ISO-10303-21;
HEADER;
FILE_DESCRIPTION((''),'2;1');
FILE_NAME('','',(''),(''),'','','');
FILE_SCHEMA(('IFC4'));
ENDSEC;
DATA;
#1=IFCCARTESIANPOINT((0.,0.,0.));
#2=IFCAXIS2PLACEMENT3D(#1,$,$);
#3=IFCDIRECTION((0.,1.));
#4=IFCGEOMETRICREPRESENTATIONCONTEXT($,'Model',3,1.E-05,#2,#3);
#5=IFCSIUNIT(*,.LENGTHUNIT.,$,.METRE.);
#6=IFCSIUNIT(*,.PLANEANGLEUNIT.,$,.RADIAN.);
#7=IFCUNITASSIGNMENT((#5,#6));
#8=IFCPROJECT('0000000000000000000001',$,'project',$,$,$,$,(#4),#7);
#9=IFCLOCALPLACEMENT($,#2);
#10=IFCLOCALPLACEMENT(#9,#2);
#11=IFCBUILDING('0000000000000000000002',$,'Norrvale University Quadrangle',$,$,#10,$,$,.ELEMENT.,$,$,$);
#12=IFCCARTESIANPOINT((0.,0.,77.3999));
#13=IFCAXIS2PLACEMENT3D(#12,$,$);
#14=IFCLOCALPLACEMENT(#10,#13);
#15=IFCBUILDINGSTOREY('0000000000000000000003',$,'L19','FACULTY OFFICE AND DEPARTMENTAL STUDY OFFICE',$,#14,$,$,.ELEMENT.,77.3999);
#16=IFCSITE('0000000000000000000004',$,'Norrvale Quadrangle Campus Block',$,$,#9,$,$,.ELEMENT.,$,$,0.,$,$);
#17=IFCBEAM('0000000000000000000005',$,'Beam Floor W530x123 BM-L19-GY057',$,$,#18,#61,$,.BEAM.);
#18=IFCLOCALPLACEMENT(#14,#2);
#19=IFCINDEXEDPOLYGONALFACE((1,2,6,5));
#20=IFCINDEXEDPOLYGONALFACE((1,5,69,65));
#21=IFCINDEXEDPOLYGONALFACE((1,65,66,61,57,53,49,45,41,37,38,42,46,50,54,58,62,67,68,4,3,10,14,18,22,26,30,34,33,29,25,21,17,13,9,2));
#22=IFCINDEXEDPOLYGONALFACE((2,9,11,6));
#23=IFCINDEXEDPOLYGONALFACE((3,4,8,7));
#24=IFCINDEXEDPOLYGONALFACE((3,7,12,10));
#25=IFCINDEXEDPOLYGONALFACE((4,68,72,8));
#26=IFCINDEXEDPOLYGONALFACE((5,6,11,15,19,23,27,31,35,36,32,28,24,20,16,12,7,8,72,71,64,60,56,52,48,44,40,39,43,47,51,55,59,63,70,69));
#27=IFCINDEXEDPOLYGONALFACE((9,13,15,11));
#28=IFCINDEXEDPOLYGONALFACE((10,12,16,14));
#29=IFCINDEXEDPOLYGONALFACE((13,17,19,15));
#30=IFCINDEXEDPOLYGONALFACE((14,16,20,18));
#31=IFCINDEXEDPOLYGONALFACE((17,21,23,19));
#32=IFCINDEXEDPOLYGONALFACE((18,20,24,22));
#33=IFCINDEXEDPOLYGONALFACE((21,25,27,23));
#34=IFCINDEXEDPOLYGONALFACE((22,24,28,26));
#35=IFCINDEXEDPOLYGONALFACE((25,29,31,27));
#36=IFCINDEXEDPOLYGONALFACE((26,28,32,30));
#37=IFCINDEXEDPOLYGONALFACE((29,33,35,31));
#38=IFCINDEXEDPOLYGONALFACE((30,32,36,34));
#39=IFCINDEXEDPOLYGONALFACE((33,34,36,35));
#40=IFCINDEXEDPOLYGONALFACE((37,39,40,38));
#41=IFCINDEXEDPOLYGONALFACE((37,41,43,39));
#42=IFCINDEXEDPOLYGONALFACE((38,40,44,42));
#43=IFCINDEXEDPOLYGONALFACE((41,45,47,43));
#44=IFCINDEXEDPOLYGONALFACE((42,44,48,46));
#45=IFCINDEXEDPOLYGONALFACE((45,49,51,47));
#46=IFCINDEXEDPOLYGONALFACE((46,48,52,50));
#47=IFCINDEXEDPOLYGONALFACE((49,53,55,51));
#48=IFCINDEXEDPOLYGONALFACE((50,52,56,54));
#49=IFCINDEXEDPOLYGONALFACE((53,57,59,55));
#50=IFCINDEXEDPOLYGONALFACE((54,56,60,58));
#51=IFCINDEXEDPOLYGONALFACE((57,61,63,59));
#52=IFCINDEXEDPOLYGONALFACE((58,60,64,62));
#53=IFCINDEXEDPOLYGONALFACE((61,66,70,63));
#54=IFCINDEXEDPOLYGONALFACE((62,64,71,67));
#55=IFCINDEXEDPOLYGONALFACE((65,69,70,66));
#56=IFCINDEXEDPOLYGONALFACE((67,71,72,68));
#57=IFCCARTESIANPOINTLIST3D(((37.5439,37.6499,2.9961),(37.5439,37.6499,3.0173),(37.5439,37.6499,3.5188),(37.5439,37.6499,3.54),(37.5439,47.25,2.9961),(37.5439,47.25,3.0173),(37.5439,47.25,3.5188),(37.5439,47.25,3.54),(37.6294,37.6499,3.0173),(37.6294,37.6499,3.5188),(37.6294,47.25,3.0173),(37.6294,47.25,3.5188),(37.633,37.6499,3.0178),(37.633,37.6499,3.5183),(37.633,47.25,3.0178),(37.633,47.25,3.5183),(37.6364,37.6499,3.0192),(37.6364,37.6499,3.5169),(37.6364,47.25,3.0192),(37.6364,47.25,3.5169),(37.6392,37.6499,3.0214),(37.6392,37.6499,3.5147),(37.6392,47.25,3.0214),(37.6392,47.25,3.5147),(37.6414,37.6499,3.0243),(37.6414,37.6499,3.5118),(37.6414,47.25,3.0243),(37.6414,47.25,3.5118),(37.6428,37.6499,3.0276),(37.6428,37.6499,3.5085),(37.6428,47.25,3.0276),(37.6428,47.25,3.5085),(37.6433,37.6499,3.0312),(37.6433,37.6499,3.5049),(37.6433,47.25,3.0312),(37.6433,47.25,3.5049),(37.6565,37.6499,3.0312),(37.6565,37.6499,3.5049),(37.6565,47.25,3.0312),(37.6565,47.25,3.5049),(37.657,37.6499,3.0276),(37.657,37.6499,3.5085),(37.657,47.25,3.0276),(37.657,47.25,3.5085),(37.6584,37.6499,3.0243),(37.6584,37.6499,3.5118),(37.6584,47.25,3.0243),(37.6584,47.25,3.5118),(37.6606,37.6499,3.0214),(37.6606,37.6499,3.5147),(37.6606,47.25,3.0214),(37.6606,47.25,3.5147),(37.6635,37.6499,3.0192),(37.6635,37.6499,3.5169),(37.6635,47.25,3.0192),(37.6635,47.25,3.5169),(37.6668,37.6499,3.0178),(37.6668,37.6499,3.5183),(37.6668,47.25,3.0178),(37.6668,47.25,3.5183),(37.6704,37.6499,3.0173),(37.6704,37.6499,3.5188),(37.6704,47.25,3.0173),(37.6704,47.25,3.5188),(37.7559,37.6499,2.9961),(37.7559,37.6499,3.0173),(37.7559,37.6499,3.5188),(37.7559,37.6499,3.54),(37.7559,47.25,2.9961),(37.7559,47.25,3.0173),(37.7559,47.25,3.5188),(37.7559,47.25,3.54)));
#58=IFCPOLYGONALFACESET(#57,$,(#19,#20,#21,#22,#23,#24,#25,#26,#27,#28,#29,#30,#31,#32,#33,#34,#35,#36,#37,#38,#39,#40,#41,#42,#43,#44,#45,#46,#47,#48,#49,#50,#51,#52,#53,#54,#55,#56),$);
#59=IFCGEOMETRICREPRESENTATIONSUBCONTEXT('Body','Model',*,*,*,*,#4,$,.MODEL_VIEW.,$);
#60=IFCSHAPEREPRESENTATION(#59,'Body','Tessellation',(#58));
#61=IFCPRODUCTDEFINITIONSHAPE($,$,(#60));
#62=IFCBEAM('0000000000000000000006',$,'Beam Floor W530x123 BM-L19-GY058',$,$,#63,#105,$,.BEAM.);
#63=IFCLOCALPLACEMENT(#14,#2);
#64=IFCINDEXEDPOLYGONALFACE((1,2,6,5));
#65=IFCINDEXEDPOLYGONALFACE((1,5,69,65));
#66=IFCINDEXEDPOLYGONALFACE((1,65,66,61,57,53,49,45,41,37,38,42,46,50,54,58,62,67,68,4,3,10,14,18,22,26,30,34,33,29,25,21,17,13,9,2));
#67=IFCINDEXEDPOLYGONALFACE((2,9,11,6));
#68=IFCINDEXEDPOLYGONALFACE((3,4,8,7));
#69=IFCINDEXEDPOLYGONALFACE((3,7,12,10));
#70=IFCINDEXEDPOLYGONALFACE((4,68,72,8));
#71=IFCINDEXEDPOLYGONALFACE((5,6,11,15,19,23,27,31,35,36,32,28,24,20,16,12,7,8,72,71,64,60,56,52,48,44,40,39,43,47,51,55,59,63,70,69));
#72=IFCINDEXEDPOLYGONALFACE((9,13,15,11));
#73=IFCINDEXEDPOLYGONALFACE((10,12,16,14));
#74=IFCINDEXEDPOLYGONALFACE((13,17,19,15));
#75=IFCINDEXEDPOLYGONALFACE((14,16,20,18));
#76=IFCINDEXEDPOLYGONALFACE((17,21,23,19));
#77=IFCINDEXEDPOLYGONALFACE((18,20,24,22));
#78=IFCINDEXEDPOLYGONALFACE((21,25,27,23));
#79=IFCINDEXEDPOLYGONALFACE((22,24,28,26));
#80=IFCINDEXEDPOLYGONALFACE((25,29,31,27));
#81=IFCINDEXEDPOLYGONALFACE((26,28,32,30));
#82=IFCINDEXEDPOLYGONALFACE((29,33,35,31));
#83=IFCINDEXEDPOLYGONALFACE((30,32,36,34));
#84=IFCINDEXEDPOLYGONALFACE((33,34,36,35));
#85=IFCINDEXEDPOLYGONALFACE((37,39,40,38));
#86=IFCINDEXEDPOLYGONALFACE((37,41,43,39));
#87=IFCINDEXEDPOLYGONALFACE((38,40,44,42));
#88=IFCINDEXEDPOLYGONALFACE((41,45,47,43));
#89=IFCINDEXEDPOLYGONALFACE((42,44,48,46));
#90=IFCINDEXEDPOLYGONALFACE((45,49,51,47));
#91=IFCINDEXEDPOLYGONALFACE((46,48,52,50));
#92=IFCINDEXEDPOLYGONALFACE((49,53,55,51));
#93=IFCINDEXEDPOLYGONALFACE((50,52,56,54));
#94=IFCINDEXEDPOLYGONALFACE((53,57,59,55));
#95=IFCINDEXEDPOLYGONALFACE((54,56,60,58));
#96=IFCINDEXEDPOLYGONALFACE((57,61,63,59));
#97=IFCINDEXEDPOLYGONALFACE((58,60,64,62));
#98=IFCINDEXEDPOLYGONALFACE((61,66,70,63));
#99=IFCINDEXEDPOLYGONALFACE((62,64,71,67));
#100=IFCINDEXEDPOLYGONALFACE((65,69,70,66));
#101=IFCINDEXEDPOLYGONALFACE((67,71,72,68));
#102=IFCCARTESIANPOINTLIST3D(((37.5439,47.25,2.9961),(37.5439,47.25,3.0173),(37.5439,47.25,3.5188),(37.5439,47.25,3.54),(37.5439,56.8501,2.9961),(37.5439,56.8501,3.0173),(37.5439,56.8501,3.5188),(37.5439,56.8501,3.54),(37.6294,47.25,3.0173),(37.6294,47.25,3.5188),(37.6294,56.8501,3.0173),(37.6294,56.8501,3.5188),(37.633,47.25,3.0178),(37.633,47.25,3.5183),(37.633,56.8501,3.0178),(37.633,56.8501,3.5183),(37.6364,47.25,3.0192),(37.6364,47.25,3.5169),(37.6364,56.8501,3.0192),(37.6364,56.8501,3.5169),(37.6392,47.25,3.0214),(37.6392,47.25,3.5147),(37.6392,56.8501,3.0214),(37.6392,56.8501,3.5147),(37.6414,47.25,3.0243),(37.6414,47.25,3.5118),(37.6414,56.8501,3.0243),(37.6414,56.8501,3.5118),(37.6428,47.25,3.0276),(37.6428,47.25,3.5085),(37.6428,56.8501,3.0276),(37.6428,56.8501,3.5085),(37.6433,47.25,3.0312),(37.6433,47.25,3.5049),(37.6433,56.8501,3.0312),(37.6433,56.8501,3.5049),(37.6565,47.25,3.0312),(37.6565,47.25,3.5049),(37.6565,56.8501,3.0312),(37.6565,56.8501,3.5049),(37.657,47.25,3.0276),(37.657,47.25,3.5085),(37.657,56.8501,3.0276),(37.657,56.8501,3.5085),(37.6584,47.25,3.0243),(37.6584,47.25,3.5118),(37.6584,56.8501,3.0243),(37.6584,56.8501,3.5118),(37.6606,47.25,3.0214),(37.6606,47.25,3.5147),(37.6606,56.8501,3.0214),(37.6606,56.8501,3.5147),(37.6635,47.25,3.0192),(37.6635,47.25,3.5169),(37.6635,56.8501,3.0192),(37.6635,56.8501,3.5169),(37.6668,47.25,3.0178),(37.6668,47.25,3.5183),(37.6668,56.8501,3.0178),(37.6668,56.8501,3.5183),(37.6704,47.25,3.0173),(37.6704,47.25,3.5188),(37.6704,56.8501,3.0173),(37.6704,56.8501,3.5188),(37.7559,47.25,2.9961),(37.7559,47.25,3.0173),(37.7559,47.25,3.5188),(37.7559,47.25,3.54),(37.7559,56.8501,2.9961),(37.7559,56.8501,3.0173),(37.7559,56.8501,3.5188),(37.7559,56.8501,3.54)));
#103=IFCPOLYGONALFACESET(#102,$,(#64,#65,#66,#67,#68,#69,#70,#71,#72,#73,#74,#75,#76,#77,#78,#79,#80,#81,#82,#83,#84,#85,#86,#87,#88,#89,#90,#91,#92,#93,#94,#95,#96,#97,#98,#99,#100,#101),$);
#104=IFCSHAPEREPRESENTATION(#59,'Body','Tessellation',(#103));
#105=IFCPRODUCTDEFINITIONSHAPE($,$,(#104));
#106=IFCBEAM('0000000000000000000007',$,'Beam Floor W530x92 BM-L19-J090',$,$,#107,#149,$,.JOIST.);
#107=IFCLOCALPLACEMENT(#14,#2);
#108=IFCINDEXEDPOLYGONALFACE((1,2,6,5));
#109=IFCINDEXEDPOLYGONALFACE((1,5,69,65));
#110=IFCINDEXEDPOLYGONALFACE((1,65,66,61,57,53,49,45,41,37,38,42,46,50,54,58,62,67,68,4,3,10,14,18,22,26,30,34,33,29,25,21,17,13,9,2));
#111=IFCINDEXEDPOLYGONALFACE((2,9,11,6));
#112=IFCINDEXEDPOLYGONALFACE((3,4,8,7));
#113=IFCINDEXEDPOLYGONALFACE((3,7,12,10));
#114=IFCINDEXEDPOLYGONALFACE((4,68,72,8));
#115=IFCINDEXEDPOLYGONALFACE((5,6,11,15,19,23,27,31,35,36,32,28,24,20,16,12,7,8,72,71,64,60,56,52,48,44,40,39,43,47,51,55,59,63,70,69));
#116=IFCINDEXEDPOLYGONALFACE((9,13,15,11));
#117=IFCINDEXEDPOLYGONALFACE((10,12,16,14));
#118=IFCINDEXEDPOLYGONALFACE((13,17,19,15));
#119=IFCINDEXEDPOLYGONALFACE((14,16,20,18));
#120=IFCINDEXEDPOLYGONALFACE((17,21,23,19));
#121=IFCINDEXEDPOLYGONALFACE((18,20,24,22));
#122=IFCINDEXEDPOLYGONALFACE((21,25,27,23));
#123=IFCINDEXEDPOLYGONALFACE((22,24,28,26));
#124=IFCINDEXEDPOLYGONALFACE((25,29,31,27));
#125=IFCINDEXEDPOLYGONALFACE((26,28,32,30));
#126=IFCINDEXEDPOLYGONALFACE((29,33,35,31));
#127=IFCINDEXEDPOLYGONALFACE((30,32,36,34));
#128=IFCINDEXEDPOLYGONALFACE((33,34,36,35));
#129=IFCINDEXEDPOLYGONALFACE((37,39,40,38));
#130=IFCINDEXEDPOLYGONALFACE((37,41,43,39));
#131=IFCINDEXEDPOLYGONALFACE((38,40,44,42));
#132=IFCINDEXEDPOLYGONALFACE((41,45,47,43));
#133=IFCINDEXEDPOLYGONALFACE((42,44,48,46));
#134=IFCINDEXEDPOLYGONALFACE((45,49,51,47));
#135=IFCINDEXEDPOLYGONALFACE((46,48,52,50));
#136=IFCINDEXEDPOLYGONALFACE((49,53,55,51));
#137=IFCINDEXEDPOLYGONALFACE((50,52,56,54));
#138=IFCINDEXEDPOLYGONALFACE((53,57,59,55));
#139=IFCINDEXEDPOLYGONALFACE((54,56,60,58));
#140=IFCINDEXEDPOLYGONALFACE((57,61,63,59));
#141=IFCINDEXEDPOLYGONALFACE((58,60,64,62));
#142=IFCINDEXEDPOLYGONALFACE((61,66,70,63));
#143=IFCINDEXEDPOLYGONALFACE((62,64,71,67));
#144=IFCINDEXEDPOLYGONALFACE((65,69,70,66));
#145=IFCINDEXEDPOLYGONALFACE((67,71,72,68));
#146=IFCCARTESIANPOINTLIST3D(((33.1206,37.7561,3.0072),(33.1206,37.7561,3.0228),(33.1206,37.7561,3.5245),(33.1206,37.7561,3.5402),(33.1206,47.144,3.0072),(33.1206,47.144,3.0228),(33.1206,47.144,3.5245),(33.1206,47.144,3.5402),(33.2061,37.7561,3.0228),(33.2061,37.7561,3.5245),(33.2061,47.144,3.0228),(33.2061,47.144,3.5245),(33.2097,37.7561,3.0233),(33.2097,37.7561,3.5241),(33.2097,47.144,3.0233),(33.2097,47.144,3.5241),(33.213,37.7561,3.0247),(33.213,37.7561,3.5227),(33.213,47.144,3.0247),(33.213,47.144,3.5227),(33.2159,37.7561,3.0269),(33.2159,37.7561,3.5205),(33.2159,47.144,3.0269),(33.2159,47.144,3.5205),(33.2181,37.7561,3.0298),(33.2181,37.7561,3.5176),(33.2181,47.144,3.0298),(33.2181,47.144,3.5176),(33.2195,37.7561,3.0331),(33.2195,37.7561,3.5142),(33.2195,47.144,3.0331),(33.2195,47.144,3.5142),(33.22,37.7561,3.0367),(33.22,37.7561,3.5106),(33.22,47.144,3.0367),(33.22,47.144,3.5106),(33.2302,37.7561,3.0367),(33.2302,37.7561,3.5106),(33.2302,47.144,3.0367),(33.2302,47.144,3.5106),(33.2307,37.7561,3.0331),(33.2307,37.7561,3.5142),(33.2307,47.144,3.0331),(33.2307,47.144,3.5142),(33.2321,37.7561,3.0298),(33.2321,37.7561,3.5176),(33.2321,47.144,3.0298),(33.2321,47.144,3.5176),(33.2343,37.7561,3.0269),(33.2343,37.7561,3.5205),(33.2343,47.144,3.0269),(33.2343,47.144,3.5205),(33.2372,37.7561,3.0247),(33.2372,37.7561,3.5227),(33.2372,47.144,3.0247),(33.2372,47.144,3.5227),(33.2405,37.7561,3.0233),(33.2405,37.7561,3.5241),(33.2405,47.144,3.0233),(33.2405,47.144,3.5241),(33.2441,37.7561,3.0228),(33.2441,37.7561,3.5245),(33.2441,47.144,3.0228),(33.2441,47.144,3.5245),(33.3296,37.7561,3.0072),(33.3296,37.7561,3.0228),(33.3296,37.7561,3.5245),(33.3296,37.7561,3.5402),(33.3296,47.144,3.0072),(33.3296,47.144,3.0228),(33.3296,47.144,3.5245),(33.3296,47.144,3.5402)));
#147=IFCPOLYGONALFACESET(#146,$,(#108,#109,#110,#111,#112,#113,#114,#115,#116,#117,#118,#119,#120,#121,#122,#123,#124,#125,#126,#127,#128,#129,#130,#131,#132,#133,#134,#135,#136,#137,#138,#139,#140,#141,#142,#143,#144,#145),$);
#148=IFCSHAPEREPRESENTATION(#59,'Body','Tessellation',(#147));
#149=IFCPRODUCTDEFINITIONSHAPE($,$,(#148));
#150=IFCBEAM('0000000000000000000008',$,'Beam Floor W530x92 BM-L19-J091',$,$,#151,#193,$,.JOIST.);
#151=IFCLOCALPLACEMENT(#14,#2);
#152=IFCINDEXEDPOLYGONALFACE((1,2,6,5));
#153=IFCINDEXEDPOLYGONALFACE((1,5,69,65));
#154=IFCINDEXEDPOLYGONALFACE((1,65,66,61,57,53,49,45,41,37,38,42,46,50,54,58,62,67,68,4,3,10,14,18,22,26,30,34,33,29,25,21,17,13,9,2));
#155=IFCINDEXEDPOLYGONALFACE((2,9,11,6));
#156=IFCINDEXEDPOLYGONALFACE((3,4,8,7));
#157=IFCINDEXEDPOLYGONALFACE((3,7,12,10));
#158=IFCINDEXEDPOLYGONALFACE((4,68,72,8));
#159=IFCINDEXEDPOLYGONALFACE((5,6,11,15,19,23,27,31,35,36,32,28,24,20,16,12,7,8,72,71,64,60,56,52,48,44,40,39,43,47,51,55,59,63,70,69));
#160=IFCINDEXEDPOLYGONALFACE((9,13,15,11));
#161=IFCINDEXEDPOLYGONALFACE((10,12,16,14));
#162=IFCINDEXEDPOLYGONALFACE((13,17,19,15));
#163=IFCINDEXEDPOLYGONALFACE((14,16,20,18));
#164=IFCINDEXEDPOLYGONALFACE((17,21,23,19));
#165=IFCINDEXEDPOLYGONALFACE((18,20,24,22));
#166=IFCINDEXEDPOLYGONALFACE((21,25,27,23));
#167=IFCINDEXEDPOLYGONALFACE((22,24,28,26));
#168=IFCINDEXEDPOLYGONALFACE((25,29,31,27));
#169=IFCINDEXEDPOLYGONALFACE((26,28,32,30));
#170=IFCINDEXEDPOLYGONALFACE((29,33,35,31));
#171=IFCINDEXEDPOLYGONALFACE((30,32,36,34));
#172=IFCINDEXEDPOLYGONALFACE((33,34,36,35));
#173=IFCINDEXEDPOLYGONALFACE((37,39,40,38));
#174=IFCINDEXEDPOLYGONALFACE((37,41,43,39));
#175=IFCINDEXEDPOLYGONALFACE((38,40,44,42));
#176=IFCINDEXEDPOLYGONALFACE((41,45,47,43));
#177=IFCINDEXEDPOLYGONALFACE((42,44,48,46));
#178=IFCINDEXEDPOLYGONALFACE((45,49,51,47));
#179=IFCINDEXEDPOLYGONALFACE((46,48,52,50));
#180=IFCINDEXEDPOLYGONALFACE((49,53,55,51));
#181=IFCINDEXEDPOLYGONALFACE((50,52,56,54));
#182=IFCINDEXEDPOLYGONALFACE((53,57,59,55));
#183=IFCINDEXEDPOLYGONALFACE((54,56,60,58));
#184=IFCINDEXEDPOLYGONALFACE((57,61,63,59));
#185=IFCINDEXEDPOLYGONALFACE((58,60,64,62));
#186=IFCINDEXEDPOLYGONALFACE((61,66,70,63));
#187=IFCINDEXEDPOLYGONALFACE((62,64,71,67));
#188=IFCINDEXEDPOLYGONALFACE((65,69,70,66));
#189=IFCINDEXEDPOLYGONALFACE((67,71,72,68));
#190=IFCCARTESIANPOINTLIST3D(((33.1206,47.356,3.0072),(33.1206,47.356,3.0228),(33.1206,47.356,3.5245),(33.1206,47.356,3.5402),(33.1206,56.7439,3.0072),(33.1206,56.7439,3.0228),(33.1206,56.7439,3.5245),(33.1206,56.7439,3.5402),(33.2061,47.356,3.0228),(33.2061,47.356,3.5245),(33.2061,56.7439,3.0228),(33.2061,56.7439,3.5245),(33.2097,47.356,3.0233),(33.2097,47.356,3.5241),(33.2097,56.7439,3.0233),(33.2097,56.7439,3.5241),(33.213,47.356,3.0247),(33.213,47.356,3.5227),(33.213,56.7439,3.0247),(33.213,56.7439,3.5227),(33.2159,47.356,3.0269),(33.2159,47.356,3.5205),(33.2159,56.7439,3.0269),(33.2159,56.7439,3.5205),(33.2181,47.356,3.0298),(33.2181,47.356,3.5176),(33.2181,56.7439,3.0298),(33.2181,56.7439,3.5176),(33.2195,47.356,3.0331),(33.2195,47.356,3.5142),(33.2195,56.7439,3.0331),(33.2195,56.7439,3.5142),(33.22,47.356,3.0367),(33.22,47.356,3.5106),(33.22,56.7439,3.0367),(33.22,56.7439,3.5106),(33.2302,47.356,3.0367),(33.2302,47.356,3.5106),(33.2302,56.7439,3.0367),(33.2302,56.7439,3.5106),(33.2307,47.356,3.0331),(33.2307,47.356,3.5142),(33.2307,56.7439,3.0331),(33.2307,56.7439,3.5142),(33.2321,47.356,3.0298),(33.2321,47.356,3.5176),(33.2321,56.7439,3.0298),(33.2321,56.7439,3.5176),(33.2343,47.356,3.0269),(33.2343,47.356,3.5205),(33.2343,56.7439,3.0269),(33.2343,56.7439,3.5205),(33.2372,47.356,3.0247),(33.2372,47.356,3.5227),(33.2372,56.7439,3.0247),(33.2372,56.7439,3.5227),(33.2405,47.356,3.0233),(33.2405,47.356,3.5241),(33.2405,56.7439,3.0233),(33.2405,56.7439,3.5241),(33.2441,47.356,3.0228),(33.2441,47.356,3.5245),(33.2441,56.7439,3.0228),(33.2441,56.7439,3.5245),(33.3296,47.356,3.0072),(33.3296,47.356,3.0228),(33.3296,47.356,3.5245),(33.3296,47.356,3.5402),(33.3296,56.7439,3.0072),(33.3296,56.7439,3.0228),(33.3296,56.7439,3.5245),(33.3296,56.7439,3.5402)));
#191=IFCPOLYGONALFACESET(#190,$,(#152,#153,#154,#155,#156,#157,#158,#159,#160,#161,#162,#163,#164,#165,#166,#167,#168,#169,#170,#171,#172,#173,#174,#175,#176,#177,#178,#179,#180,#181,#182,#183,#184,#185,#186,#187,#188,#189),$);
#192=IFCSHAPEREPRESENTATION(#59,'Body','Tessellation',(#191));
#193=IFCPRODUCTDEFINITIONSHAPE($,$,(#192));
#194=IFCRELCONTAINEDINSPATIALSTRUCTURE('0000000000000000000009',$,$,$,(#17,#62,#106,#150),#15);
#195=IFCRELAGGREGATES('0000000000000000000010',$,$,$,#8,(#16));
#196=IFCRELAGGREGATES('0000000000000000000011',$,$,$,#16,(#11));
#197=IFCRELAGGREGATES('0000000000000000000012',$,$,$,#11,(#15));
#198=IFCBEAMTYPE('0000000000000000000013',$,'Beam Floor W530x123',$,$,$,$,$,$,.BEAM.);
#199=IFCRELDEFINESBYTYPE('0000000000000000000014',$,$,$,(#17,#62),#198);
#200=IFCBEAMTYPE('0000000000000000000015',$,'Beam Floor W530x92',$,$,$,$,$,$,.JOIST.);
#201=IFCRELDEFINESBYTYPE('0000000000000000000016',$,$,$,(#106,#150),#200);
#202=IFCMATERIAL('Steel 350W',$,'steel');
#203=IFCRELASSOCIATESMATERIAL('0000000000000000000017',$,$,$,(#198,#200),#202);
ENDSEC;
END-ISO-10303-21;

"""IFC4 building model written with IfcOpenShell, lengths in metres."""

from ifc_helpers import new_model, si_unit, direction, frame, origin, origin_2d, place, context, subcontext, project, spatial, i_section, extrude, material, material_profile, profile_set, type_object, element, save


model = new_model("IFC4")

# Units and contexts
model_context = context("Model", 3, precision=1e-05, world=origin(), true_north=direction((0.0, 1.0)))
body_context = subcontext(model_context, "Body", "Model", "MODEL_VIEW")
ifc_project = project(units=[si_unit("LENGTHUNIT", "METRE"), si_unit("PLANEANGLEUNIT", "RADIAN")], contexts=[model_context])

# Site, building, storey
site_placement = place(None, origin())
site = spatial("IfcSite", under=ifc_project, at=site_placement, Name="Norrvale Quadrangle Campus Block", CompositionType="ELEMENT", RefElevation=0.0)
building_placement = place(site_placement, origin())
building = spatial("IfcBuilding", under=site, at=building_placement, Name="Norrvale University Quadrangle", CompositionType="ELEMENT")
storey_placement = place(building_placement, frame((0.0, 0.0, 77.3999)))
storey = spatial("IfcBuildingStorey", under=building, at=storey_placement, Name="L19", Description="FACULTY OFFICE AND DEPARTMENTAL STUDY OFFICE", CompositionType="ELEMENT", Elevation=77.3999)

# Beams
ifc_material_1 = material(Name="Steel 350W", Category="steel")
ifc_material_profile_1 = material_profile(ifc_material_1, i_section(OverallWidth=0.2119, OverallDepth=0.5439, WebThickness=0.0132, FlangeThickness=0.0212, FilletRadius=0.0139, at=origin_2d()), Name="Steel 350W")
ifc_profile_set_1 = profile_set([ifc_material_profile_1], Name="Steel 350W")
beam_type_1 = type_object("IfcBeamType", Name="Beam Floor W530x123", PredefinedType="BEAM", material=ifc_profile_set_1)
for number, where, z_axis, x_axis, name in (
    (1, (37.6499, 37.6499, 3.2681), (0.0, 1.0, 0.0), (-1.0, 0.0, 0.0), "Beam Floor W530x123 BM-L19-GY057"),
    (2, (37.6499, 47.25, 3.2681), (0.0, 1.0, 0.0), (-1.0, 0.0, 0.0), "Beam Floor W530x123 BM-L19-GY058"),
):
    element("IfcBeam", number, at=place(storey_placement, frame(where, z_axis=z_axis, x_axis=x_axis)), inside=storey, type_object=beam_type_1, Name=name, PredefinedType="BEAM", context=body_context, shape_type="SweptSolid", body=[
        extrude(i_section(OverallWidth=0.2119, OverallDepth=0.5439, WebThickness=0.0132, FlangeThickness=0.0212, FilletRadius=0.0139, at=origin_2d()), origin(), (0.0, 0.0, 1.0), 9.6001),
    ])
ifc_material_profile_2 = material_profile(ifc_material_1, i_section(OverallWidth=0.209, OverallDepth=0.533, WebThickness=0.0103, FlangeThickness=0.0156, FilletRadius=0.0139, at=origin_2d()), Name="Steel 350W")
ifc_profile_set_2 = profile_set([ifc_material_profile_2], Name="Steel 350W")
beam_type_2 = type_object("IfcBeamType", Name="Beam Floor W530x92", PredefinedType="JOIST", material=ifc_profile_set_2)
for number, where, z_axis, x_axis, name in (
    (3, (33.2251, 37.7561, 3.2737), (0.0, 1.0, 0.0), (-1.0, 0.0, 0.0), "Beam Floor W530x92 BM-L19-J090"),
    (4, (33.2251, 47.356, 3.2737), (0.0, 1.0, 0.0), (-1.0, 0.0, 0.0), "Beam Floor W530x92 BM-L19-J091"),
):
    element("IfcBeam", number, at=place(storey_placement, frame(where, z_axis=z_axis, x_axis=x_axis)), inside=storey, type_object=beam_type_2, Name=name, PredefinedType="JOIST", context=body_context, shape_type="SweptSolid", body=[
        extrude(i_section(OverallWidth=0.209, OverallDepth=0.533, WebThickness=0.0103, FlangeThickness=0.0156, FilletRadius=0.0139, at=origin_2d()), origin(), (0.0, 0.0, 1.0), 9.3879),
    ])

save(model, "model.ifc")
